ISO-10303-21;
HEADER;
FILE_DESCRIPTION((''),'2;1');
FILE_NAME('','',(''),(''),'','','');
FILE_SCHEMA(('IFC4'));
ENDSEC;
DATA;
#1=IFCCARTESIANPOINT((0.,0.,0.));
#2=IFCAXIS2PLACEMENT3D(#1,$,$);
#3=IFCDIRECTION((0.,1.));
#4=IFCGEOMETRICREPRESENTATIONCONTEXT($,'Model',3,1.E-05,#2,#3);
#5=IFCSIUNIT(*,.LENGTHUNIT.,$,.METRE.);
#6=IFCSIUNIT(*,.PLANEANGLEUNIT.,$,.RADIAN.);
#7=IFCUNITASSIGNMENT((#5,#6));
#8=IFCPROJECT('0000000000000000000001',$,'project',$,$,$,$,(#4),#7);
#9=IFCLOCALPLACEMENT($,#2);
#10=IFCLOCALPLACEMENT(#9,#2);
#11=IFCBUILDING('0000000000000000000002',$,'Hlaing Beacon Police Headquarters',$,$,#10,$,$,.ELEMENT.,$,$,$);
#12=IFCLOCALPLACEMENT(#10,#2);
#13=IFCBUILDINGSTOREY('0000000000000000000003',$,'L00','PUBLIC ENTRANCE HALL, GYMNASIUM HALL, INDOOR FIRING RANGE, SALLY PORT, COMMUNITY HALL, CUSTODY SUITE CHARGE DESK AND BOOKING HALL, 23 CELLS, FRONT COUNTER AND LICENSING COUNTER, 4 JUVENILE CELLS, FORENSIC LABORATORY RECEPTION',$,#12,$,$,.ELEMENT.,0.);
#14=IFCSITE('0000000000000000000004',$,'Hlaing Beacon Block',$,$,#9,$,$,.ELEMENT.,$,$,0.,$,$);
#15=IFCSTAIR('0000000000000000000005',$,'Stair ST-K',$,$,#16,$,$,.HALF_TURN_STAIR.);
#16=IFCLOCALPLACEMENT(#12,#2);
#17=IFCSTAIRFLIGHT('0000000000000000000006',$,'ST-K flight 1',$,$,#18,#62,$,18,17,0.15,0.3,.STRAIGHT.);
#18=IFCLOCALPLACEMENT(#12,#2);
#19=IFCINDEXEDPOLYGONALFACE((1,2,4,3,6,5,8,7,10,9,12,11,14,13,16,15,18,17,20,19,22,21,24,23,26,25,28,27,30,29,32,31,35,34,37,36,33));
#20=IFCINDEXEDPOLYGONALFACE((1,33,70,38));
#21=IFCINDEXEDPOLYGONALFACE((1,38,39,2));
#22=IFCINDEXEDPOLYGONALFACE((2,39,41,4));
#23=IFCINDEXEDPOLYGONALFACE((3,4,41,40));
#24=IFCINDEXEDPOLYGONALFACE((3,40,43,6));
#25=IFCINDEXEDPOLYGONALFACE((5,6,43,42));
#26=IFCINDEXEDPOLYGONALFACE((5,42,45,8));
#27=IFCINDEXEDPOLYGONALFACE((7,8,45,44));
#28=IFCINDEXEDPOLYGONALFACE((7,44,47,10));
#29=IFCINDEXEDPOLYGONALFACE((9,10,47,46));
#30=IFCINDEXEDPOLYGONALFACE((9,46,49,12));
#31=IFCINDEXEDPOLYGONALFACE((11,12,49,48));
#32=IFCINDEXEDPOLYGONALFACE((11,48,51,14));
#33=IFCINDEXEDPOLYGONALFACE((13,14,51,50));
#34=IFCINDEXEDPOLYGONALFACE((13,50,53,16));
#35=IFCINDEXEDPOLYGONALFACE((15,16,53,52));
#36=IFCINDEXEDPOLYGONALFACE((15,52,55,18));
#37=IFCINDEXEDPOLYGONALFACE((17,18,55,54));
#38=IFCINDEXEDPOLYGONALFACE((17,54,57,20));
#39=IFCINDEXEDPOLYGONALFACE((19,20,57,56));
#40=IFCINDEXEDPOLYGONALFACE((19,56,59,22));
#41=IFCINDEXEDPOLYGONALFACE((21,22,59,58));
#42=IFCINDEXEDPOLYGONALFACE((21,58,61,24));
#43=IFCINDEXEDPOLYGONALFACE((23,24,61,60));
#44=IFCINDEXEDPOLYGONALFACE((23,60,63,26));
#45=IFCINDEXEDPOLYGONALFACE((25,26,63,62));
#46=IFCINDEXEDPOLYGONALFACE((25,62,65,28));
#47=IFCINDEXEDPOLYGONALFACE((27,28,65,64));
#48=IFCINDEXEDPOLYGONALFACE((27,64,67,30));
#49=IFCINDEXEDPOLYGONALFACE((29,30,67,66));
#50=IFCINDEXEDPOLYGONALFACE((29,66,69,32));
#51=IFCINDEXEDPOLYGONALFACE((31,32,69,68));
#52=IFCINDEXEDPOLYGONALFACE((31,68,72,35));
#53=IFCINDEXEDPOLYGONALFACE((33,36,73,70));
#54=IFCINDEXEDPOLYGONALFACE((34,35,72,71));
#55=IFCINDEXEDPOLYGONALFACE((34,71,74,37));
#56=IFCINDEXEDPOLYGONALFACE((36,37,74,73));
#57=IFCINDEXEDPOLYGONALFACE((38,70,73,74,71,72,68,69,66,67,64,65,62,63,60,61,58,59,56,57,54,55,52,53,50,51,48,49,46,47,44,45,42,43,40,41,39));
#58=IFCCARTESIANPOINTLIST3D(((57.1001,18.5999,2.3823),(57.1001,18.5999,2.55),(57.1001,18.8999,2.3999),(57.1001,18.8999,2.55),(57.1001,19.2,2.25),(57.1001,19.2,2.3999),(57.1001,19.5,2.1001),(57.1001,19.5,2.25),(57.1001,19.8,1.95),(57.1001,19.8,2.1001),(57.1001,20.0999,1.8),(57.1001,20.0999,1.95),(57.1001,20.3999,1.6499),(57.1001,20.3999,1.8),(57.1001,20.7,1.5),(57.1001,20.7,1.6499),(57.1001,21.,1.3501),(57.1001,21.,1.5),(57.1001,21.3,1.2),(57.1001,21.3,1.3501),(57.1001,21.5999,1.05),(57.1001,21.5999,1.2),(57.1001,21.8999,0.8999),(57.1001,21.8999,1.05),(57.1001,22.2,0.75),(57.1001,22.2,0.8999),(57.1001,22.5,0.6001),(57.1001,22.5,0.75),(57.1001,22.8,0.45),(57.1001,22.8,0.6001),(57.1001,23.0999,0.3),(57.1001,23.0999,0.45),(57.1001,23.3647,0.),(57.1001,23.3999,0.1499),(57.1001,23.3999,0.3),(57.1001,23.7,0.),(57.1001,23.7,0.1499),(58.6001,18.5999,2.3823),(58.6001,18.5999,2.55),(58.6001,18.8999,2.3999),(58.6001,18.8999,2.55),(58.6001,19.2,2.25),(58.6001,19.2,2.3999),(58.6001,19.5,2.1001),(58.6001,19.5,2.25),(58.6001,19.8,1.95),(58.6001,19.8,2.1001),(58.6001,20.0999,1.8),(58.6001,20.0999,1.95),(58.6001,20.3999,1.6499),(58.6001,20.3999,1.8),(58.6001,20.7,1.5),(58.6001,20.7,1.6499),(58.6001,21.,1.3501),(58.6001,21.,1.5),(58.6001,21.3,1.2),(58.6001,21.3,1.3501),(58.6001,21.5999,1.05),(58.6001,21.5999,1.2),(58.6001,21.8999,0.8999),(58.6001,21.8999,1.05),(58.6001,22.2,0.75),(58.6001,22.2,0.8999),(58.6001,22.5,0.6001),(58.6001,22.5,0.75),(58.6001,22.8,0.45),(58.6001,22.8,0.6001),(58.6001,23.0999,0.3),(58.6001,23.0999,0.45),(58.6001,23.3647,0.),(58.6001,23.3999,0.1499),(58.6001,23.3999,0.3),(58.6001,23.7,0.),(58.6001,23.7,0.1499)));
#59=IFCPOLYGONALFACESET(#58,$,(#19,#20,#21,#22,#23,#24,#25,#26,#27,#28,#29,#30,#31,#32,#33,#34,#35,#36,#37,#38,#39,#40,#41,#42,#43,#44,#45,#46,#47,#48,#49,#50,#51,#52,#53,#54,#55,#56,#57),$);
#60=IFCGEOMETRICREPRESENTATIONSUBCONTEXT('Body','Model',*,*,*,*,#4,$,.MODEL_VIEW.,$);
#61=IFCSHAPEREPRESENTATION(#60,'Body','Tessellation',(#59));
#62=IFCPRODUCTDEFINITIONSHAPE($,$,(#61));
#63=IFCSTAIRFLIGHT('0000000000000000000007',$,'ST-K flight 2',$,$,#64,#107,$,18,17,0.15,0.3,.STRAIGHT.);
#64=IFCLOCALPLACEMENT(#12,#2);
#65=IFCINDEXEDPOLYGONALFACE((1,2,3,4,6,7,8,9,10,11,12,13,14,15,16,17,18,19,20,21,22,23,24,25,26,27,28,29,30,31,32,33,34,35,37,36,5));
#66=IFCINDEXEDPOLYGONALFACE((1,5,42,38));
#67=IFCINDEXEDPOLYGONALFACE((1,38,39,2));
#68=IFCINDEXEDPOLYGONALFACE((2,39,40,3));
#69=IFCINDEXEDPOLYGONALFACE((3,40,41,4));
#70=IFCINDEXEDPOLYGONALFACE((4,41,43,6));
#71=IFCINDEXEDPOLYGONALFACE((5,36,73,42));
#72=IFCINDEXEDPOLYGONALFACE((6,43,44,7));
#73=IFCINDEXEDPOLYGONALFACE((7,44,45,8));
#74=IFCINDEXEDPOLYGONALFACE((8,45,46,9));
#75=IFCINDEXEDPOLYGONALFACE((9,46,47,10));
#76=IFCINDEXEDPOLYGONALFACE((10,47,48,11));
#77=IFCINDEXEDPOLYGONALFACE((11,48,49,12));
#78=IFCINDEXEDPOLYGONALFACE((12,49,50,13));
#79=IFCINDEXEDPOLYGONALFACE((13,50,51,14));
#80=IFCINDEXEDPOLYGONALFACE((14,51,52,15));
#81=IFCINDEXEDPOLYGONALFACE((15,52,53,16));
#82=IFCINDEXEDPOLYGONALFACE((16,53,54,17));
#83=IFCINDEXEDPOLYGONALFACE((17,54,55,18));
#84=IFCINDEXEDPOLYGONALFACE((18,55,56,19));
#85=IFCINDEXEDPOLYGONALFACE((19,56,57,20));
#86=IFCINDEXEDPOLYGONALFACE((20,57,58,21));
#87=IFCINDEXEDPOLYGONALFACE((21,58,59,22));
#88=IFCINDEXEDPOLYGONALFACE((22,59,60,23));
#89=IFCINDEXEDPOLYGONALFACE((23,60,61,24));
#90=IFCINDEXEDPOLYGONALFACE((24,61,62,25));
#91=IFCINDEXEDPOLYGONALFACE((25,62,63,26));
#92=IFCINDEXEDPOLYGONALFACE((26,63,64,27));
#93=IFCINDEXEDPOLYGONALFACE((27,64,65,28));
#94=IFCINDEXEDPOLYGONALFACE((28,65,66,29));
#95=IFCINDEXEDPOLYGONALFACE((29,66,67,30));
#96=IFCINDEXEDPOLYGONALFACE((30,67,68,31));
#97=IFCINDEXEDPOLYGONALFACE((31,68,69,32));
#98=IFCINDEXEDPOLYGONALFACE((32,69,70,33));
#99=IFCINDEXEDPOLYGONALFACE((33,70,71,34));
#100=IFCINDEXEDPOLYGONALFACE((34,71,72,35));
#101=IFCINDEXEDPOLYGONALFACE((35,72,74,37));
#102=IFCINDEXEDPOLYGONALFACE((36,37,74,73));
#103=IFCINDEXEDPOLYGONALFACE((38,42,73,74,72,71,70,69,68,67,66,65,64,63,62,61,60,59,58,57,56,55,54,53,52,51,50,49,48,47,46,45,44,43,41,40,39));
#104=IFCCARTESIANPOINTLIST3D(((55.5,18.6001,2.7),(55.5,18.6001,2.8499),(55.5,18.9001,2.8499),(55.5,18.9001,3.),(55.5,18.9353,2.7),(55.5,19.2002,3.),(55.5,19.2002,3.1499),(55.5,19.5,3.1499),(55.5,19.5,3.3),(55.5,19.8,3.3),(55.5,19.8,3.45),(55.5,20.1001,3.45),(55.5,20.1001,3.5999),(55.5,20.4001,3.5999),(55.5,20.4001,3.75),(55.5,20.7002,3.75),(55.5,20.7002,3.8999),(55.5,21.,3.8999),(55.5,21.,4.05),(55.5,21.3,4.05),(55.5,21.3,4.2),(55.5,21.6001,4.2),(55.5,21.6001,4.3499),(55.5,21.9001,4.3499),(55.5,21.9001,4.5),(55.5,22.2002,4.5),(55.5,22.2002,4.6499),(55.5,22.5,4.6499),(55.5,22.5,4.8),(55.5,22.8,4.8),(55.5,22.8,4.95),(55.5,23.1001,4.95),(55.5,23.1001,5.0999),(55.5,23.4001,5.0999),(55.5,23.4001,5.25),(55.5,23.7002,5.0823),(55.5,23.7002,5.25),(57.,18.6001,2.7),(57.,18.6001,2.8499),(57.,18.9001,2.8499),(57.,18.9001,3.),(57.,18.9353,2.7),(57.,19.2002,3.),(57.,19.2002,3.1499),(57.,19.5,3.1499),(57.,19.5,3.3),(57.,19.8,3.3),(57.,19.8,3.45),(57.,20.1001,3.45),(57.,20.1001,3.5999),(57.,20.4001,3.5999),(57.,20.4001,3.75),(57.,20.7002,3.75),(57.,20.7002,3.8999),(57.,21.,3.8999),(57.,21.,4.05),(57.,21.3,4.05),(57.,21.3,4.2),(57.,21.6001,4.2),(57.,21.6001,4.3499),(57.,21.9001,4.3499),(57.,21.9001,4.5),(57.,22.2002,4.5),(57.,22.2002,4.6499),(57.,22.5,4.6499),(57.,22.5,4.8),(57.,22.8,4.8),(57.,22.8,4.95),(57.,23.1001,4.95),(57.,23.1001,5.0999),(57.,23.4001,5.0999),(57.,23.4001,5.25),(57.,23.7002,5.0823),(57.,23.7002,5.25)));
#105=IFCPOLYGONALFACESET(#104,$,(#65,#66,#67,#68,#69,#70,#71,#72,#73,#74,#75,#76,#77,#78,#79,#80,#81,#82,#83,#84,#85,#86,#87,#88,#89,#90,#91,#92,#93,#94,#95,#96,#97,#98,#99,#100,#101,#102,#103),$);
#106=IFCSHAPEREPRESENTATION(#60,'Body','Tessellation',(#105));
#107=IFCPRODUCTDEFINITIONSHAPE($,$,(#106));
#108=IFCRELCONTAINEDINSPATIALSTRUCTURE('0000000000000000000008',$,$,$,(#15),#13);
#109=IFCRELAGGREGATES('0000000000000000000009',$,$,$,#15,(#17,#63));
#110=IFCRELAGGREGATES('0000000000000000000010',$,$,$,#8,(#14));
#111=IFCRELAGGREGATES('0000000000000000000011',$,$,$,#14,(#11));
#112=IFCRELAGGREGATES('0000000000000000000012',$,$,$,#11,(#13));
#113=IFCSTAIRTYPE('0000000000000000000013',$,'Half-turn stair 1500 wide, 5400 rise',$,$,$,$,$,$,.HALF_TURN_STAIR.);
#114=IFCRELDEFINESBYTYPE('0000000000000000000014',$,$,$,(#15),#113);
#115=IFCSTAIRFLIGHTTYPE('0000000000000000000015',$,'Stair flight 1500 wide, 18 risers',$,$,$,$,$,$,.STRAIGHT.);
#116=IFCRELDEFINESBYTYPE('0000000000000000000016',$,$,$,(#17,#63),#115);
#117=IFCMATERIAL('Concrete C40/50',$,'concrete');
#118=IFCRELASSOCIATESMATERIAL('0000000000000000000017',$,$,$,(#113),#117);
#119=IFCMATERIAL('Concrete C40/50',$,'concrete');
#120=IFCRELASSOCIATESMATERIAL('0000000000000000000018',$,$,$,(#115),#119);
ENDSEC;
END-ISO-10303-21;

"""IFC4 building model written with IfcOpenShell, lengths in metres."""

from ifc_helpers import new_model, si_unit, direction, frame, origin, place, context, subcontext, project, spatial, polyline, outline, extrude, material, type_object, element, aggregate, save


model = new_model("IFC4")

# Units and contexts
model_context = context("Model", 3, precision=1e-05, world=origin(), true_north=direction((0.0, 1.0)))
body_context = subcontext(model_context, "Body", "Model", "MODEL_VIEW")
ifc_project = project(units=[si_unit("LENGTHUNIT", "METRE"), si_unit("PLANEANGLEUNIT", "RADIAN")], contexts=[model_context])

# Site, building, storey
site_placement = place(None, origin())
site = spatial("IfcSite", under=ifc_project, at=site_placement, Name="Hlaing Beacon Block", CompositionType="ELEMENT", RefElevation=0.0)
building_placement = place(site_placement, origin())
building = spatial("IfcBuilding", under=site, at=building_placement, Name="Hlaing Beacon Police Headquarters", CompositionType="ELEMENT")
storey_placement = place(building_placement, origin())
storey = spatial("IfcBuildingStorey", under=building, at=storey_placement, Name="L00", Description="PUBLIC ENTRANCE HALL, GYMNASIUM HALL, INDOOR FIRING RANGE, SALLY PORT, COMMUNITY HALL, CUSTODY SUITE CHARGE DESK AND BOOKING HALL, 23 CELLS, FRONT COUNTER AND LICENSING COUNTER, 4 JUVENILE CELLS, FORENSIC LABORATORY RECEPTION", CompositionType="ELEMENT", Elevation=0.0)

# Stair, stair flights
ifc_material_1 = material(Name="Concrete C40/50", Category="concrete")
stair_type = type_object("IfcStairType", Name="Half-turn stair 1500 wide, 5400 rise", PredefinedType="HALF_TURN_STAIR", material=ifc_material_1)
stair_placement = place(storey_placement, origin())
stair = element("IfcStair", 1, at=stair_placement, inside=storey, type_object=stair_type, Name="Stair ST-K", PredefinedType="HALF_TURN_STAIR")
ifc_material_2 = material(Name="Concrete C40/50", Category="concrete")
stair_flight_type = type_object("IfcStairFlightType", Name="Stair flight 1500 wide, 18 risers", PredefinedType="STRAIGHT", material=ifc_material_2)
stair_flight_1_placement = place(storey_placement, frame((57.8501, 23.7, 0.0), z_axis=(0.0, 0.0, 1.0), x_axis=(0.0, -1.0, 0.0)))
stair_flight_1 = element("IfcStairFlight", 2, at=stair_flight_1_placement, type_object=stair_flight_type, Name="ST-K flight 1", NumberOfRisers=18, NumberOfTreads=17, PredefinedType="STRAIGHT", RiserHeight=0.15, TreadLength=0.3, context=body_context, shape_type="SweptSolid", body=[
    extrude(outline(polyline([(0.0, 0.0), (0.0, 0.1499), (0.3, 0.1499), (0.3, 0.3), (0.6001, 0.3), (0.6001, 0.45), (0.8999, 0.45), (0.8999, 0.6001), (1.2, 0.6001), (1.2, 0.75), (1.5, 0.75), (1.5, 0.8999), (1.8, 0.8999), (1.8, 1.05), (2.1001, 1.05), (2.1001, 1.2), (2.3999, 1.2), (2.3999, 1.3501), (2.7, 1.3501), (2.7, 1.5), (3.0, 1.5), (3.0, 1.6499), (3.3, 1.6499), (3.3, 1.8), (3.6001, 1.8), (3.6001, 1.95), (3.8999, 1.95), (3.8999, 2.1001), (4.2, 2.1001), (4.2, 2.25), (4.5, 2.25), (4.5, 2.3999), (4.8, 2.3999), (4.8, 2.55), (5.1001, 2.55), (5.1001, 2.7), (5.1001, 2.3823), (0.3352, 0.0), (0.0, 0.0)])), frame((0.0, 0.75, 0.0), z_axis=(0.0, -1.0, 0.0), x_axis=(1.0, 0.0, 0.0)), (0.0, 0.0, 1.0), 1.5),
])
stair_flight_2_placement = place(storey_placement, frame((56.25, 18.6001, 2.7), z_axis=(0.0, 0.0, 1.0), x_axis=(0.0, 1.0, 0.0)))
stair_flight_2 = element("IfcStairFlight", 3, at=stair_flight_2_placement, type_object=stair_flight_type, Name="ST-K flight 2", NumberOfRisers=18, NumberOfTreads=17, PredefinedType="STRAIGHT", RiserHeight=0.15, TreadLength=0.3, context=body_context, shape_type="SweptSolid", body=[
    extrude(outline(polyline([(0.0, 0.0), (0.0, 0.1499), (0.3, 0.1499), (0.3, 0.3), (0.6001, 0.3), (0.6001, 0.45), (0.8999, 0.45), (0.8999, 0.6001), (1.2, 0.6001), (1.2, 0.75), (1.5, 0.75), (1.5, 0.8999), (1.8, 0.8999), (1.8, 1.05), (2.1001, 1.05), (2.1001, 1.2), (2.3999, 1.2), (2.3999, 1.3501), (2.7, 1.3501), (2.7, 1.5), (3.0, 1.5), (3.0, 1.6499), (3.3, 1.6499), (3.3, 1.8), (3.6001, 1.8), (3.6001, 1.95), (3.8999, 1.95), (3.8999, 2.1001), (4.2, 2.1001), (4.2, 2.25), (4.5, 2.25), (4.5, 2.3999), (4.8, 2.3999), (4.8, 2.55), (5.1001, 2.55), (5.1001, 2.7), (5.1001, 2.3823), (0.3352, 0.0), (0.0, 0.0)])), frame((0.0, 0.75, 0.0), z_axis=(0.0, -1.0, 0.0), x_axis=(1.0, 0.0, 0.0)), (0.0, 0.0, 1.0), 1.5),
])
aggregate(stair, [stair_flight_1, stair_flight_2])

save(model, "model.ifc")
